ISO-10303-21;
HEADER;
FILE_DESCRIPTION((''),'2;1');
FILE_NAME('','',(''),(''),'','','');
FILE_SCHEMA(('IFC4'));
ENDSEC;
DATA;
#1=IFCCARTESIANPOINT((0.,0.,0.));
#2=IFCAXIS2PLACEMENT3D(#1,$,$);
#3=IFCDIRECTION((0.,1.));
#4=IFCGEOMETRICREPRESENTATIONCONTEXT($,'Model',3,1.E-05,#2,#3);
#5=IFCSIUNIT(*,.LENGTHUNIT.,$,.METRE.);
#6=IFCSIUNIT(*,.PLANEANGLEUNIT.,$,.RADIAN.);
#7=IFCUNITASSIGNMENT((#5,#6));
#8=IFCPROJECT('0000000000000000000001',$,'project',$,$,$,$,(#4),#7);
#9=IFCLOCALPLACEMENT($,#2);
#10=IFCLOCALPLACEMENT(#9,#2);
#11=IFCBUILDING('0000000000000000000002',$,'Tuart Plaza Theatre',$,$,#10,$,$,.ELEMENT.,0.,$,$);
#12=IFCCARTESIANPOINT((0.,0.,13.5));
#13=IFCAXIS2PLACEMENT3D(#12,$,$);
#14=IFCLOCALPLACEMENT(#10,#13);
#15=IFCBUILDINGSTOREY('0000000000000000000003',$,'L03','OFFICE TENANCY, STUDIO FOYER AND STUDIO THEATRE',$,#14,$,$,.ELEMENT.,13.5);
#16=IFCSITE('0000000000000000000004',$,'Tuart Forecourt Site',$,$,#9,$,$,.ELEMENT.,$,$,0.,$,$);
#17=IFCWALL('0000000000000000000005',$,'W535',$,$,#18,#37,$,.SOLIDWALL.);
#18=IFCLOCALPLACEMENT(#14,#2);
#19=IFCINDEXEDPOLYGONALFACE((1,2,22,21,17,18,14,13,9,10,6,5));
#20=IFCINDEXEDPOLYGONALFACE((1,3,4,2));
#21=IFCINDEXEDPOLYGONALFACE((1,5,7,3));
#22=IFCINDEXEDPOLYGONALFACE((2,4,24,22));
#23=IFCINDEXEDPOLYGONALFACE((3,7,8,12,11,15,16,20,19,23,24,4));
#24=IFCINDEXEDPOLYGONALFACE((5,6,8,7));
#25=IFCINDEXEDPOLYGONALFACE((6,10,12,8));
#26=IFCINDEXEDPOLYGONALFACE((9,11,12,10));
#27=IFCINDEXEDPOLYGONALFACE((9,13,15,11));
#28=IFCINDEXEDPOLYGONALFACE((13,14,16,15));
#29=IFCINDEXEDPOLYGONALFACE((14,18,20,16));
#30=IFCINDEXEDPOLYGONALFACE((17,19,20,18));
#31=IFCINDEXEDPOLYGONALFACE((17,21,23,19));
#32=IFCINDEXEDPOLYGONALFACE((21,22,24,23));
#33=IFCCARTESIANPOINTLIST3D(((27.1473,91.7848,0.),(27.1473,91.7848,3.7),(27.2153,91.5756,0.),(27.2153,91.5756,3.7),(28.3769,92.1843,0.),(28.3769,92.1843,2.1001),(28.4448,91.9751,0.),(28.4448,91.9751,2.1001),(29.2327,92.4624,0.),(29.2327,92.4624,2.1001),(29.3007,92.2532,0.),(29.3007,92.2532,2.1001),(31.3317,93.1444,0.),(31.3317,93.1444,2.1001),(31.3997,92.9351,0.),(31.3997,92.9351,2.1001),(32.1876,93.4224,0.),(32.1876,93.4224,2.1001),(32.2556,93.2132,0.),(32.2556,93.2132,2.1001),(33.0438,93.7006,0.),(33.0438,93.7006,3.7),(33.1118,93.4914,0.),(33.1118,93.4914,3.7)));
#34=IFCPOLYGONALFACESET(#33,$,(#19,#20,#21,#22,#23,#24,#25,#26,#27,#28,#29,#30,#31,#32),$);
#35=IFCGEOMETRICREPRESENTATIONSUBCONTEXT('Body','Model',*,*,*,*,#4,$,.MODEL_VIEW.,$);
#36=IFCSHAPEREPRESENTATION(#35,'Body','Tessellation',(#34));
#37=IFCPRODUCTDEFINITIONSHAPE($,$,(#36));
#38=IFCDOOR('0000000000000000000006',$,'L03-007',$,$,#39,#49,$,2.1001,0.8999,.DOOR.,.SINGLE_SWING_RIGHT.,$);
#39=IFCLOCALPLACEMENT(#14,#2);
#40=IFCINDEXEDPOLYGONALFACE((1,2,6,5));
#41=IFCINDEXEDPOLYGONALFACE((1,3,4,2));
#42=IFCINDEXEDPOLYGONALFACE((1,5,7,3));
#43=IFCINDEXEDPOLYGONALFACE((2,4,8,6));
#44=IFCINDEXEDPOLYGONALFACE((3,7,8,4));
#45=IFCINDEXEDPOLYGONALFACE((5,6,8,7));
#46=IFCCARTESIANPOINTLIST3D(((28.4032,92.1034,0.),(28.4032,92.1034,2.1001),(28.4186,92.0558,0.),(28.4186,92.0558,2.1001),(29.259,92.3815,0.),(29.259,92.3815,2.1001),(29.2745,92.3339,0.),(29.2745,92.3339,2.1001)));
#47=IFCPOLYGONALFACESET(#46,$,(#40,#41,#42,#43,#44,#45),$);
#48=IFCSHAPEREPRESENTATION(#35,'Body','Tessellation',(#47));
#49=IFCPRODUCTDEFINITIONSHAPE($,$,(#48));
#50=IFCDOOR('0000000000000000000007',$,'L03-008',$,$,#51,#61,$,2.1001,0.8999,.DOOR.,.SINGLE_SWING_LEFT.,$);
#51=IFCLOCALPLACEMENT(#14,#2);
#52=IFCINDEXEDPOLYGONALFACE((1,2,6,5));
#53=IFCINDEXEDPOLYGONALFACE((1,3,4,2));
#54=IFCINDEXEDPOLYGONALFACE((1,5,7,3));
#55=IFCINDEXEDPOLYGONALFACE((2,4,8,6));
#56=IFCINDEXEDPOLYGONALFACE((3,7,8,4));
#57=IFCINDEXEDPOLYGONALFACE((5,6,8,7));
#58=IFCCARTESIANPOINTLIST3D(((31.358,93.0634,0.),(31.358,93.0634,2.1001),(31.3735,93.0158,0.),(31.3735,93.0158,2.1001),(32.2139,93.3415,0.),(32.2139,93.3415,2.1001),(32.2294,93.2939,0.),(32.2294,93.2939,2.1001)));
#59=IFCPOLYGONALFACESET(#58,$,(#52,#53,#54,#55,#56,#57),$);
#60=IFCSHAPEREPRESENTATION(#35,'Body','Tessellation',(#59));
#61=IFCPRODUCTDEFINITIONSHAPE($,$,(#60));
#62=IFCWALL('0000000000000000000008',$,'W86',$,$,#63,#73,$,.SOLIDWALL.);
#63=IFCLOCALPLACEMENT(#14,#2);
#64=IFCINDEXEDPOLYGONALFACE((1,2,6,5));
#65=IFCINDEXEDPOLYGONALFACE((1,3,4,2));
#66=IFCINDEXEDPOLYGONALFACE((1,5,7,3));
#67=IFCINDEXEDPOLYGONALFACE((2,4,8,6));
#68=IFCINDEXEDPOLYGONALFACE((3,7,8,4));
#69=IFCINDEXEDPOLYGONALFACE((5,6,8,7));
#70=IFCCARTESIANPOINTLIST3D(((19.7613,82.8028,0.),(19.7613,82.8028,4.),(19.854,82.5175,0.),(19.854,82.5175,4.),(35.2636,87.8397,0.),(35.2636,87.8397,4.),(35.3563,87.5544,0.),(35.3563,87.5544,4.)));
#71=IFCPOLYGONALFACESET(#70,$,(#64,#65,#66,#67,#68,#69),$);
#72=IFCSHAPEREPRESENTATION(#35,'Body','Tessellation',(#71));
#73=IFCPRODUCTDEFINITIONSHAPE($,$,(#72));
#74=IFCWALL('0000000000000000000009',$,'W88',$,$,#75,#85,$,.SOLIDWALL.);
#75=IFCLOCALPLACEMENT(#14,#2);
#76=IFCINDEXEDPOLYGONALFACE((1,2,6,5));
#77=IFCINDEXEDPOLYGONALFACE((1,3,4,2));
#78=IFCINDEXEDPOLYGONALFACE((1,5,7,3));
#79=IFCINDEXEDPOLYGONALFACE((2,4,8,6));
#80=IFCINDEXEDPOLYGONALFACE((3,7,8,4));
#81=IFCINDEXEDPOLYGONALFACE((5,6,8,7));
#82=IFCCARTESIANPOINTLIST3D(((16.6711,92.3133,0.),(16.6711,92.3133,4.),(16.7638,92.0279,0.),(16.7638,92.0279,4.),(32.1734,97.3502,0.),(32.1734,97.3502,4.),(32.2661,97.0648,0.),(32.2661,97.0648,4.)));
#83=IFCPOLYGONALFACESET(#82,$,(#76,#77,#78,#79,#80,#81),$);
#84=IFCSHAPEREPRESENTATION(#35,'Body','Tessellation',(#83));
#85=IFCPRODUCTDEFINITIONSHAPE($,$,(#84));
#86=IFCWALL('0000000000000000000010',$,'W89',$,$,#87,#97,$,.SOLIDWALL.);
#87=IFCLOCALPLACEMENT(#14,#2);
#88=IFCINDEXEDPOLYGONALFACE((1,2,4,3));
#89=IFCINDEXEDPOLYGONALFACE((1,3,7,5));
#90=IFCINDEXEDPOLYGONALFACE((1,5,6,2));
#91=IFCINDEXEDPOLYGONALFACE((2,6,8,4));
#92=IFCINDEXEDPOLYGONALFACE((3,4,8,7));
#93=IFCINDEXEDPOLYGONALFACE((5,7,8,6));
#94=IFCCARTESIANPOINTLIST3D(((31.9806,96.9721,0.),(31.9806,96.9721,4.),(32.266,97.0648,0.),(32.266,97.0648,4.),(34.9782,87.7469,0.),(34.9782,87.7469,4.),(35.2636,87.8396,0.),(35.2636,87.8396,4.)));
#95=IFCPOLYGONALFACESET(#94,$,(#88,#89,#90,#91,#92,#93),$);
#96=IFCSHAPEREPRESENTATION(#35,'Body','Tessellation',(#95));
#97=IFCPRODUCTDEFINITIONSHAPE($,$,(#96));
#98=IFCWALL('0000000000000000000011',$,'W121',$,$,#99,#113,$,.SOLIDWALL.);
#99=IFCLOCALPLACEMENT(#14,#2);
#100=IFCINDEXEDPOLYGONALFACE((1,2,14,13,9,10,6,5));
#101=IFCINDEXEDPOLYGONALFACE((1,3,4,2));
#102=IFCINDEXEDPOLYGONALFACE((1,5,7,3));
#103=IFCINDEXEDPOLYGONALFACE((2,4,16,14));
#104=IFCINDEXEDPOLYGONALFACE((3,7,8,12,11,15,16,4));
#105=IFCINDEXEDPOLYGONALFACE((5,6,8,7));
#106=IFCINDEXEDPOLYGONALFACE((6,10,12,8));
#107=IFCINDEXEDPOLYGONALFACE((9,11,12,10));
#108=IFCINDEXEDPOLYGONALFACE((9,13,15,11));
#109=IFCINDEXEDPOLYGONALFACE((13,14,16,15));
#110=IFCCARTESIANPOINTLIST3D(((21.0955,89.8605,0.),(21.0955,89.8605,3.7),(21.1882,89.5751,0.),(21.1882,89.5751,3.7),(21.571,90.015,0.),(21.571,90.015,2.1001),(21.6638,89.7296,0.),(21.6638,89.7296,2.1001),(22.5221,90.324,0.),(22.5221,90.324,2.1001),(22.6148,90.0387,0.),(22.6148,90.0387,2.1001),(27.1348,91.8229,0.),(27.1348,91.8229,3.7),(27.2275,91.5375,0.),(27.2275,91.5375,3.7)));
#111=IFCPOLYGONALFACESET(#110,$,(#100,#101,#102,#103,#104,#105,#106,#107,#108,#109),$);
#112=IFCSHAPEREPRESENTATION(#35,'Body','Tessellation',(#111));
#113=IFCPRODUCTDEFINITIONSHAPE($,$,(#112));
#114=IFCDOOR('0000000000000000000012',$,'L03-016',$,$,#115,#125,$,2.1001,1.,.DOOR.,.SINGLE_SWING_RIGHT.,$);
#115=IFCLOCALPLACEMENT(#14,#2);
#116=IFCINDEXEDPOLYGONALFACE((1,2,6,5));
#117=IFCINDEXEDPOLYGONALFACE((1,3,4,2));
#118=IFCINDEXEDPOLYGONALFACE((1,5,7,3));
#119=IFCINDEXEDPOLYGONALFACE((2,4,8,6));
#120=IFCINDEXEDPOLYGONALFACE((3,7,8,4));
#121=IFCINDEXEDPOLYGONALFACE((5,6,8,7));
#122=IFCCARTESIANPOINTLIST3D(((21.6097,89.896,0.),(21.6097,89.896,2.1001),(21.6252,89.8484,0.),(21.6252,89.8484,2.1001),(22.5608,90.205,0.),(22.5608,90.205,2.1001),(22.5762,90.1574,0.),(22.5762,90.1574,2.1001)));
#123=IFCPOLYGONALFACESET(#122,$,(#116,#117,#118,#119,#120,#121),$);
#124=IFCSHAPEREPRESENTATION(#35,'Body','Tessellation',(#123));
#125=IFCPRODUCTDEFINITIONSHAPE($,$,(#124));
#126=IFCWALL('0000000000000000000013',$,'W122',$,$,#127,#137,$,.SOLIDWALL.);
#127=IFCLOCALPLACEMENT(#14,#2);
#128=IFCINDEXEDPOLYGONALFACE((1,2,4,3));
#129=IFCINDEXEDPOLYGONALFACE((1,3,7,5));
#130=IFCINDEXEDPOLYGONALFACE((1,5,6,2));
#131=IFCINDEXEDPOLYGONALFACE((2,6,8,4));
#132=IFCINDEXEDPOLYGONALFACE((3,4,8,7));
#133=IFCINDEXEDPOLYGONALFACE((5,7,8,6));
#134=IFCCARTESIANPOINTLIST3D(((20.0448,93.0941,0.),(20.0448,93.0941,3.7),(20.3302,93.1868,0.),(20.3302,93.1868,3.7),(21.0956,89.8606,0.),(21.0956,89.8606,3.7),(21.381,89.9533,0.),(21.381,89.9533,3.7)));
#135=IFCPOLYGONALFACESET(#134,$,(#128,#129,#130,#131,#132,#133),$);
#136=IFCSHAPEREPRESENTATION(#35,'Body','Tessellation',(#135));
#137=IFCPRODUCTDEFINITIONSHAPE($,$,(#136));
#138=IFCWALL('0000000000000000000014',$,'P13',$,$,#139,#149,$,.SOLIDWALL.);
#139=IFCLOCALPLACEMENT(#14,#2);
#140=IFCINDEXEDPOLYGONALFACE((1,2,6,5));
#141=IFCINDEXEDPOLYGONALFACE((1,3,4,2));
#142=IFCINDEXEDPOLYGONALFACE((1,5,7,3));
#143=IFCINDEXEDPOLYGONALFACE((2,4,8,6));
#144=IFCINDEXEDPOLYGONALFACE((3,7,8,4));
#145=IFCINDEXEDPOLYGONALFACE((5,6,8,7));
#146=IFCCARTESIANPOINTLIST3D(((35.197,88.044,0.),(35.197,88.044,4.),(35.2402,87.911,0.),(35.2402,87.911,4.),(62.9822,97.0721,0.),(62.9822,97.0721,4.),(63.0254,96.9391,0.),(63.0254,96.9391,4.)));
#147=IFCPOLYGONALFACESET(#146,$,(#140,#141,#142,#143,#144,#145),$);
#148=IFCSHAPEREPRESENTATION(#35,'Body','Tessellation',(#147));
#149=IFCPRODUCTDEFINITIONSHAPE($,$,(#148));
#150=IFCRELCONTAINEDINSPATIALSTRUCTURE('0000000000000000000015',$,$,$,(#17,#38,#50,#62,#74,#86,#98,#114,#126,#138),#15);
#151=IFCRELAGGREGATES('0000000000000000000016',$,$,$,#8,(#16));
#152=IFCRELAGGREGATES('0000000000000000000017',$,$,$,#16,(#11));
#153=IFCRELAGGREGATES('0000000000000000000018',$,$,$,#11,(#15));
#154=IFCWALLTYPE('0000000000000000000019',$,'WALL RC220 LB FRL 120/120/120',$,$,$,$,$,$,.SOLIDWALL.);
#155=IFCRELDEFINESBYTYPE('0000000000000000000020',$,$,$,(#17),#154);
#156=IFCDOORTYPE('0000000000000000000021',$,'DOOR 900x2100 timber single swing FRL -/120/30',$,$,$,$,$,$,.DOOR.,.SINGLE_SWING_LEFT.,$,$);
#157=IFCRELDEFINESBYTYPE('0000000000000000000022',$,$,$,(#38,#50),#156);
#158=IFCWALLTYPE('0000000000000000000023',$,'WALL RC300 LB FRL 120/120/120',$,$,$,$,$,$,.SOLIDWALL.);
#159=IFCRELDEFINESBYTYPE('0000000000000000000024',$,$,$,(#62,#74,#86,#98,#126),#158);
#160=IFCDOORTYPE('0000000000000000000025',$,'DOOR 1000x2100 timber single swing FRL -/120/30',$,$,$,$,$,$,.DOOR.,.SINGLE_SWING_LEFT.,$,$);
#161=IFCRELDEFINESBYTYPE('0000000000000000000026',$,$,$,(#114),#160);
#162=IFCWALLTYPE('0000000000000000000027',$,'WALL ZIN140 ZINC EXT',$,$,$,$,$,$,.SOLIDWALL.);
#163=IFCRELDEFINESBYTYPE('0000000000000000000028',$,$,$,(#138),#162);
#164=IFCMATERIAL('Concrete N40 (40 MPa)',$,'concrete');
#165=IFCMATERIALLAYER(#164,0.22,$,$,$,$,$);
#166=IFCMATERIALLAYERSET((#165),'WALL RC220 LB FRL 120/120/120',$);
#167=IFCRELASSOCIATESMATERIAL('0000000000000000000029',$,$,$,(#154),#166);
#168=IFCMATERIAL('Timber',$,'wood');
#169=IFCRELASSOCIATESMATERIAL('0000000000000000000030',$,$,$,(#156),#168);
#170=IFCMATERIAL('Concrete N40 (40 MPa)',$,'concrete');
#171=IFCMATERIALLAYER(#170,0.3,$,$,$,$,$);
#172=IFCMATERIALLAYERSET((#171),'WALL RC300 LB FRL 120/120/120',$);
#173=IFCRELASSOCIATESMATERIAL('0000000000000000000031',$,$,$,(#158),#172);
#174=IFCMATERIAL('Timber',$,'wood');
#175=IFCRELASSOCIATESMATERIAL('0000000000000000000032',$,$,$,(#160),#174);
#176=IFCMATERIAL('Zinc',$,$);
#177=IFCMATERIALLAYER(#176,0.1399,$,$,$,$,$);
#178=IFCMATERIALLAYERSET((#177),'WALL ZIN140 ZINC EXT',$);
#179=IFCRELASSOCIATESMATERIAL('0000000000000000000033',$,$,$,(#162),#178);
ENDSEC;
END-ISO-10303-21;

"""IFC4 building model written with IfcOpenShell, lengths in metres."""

from ifc_helpers import new_model, si_unit, direction, frame, frame_2d, origin, place, context, subcontext, project, spatial, rectangle, extrude, material, layer, layer_set, type_object, element, fill, save


model = new_model("IFC4")

# Units and contexts
model_context = context("Model", 3, precision=1e-05, world=origin(), true_north=direction((0.0, 1.0)))
body_context = subcontext(model_context, "Body", "Model", "MODEL_VIEW")
ifc_project = project(units=[si_unit("LENGTHUNIT", "METRE"), si_unit("PLANEANGLEUNIT", "RADIAN")], contexts=[model_context])

# Site, building, storey
site_placement = place(None, origin())
site = spatial("IfcSite", under=ifc_project, at=site_placement, Name="Tuart Forecourt Site", CompositionType="ELEMENT", RefElevation=0.0)
building_placement = place(site_placement, origin())
building = spatial("IfcBuilding", under=site, at=building_placement, Name="Tuart Plaza Theatre", CompositionType="ELEMENT", ElevationOfRefHeight=0.0)
storey_placement = place(building_placement, frame((0.0, 0.0, 13.5)))
storey = spatial("IfcBuildingStorey", under=building, at=storey_placement, Name="L03", Description="OFFICE TENANCY, STUDIO FOYER AND STUDIO THEATRE", CompositionType="ELEMENT", Elevation=13.5)

# Shared definitions
ifc_material_1 = material(Name="Concrete N40 (40 MPa)", Category="concrete")
ifc_layer_1 = layer(ifc_material_1, 0.22)
ifc_layer_set_1 = layer_set([ifc_layer_1], Name="WALL RC220 LB FRL 120/120/120")
wall_type_1 = type_object("IfcWallType", Name="WALL RC220 LB FRL 120/120/120", PredefinedType="SOLIDWALL", material=ifc_layer_set_1)
ifc_material_2 = material(Name="Timber", Category="wood")
door_type_1 = type_object("IfcDoorType", Name="DOOR 900x2100 timber single swing FRL -/120/30", OperationType="SINGLE_SWING_LEFT", PredefinedType="DOOR", material=ifc_material_2)

# Wall, openings, doors
wall_1_placement = place(storey_placement, frame((27.1812, 91.6802, 0.0), z_axis=(0.0, 0.0, 1.0), x_axis=(0.951062, 0.309001, 0.0)))
wall_1 = element("IfcWall", 1, at=wall_1_placement, inside=storey, type_object=wall_type_1, Name="W535", PredefinedType="SOLIDWALL", context=body_context, shape_type="SweptSolid", body=[
    extrude(rectangle(XDim=6.2, YDim=0.22, at=frame_2d((3.1001, 0.0))), origin(), (0.0, 0.0, 1.0), 3.7),
])
opening_1_placement = place(wall_1_placement, frame((1.293, 0.0, 0.0)))
opening_1 = element("IfcOpeningElement", 2, at=opening_1_placement, cuts=wall_1, PredefinedType="OPENING", context=body_context, shape_type="SweptSolid", body=[
    extrude(rectangle(XDim=0.8999, YDim=2.1001, at=frame_2d((0.45, 1.05))), frame((0.0, 0.1199, 0.0), z_axis=(0.0, -1.0, 0.0), x_axis=(1.0, 0.0, 0.0)), (0.0, 0.0, 1.0), 0.24),
])
opening_2_placement = place(wall_1_placement, frame((4.3999, 0.0, 0.0)))
opening_2 = element("IfcOpeningElement", 3, at=opening_2_placement, cuts=wall_1, PredefinedType="OPENING", context=body_context, shape_type="SweptSolid", body=[
    extrude(rectangle(XDim=0.8999, YDim=2.1001, at=frame_2d((0.45, 1.05))), frame((0.0, 0.1199, 0.0), z_axis=(0.0, -1.0, 0.0), x_axis=(1.0, 0.0, 0.0)), (0.0, 0.0, 1.0), 0.24),
])
door_1_placement = place(opening_1_placement, origin())
door_1 = element("IfcDoor", 4, at=door_1_placement, inside=storey, type_object=door_type_1, Name="L03-007", OperationType="SINGLE_SWING_RIGHT", OverallHeight=2.1001, OverallWidth=0.8999, PredefinedType="DOOR", context=body_context, shape_type="SweptSolid", body=[
    extrude(rectangle(XDim=0.8999, YDim=2.1001, at=frame_2d((0.45, 1.05))), frame((0.0, 0.0249, 0.0), z_axis=(0.0, -1.0, 0.0), x_axis=(1.0, 0.0, 0.0)), (0.0, 0.0, 1.0), 0.05),
])
fill(opening_1, door_1)
door_2_placement = place(opening_2_placement, origin())
door_2 = element("IfcDoor", 5, at=door_2_placement, inside=storey, type_object=door_type_1, Name="L03-008", OperationType="SINGLE_SWING_LEFT", OverallHeight=2.1001, OverallWidth=0.8999, PredefinedType="DOOR", context=body_context, shape_type="SweptSolid", body=[
    extrude(rectangle(XDim=0.8999, YDim=2.1001, at=frame_2d((0.45, 1.05))), frame((0.0, 0.0249, 0.0), z_axis=(0.0, -1.0, 0.0), x_axis=(1.0, 0.0, 0.0)), (0.0, 0.0, 1.0), 0.05),
])
fill(opening_2, door_2)

# Walls
ifc_material_3 = material(Name="Concrete N40 (40 MPa)", Category="concrete")
ifc_layer_2 = layer(ifc_material_3, 0.3)
ifc_layer_set_2 = layer_set([ifc_layer_2], Name="WALL RC300 LB FRL 120/120/120")
wall_type_2 = type_object("IfcWallType", Name="WALL RC300 LB FRL 120/120/120", PredefinedType="SOLIDWALL", material=ifc_layer_set_2)
for number, where, z_axis, x_axis, name in (
    (6, (35.3098, 87.697, 0.0), (0.0, 0.0, 1.0), (-0.951058, -0.309011, 0.0), "W86"),
    (7, (16.7175, 92.1707, 0.0), (0.0, 0.0, 1.0), (0.951058, 0.309011, 0.0), "W88"),
):
    element("IfcWall", number, at=place(storey_placement, frame(where, z_axis=z_axis, x_axis=x_axis)), inside=storey, type_object=wall_type_2, Name=name, PredefinedType="SOLIDWALL", context=body_context, shape_type="SweptSolid", body=[
        extrude(rectangle(XDim=16.3, YDim=0.3, at=frame_2d((8.1499, 0.0))), origin(), (0.0, 0.0, 1.0), 4.0),
    ])
wall_2_placement = place(storey_placement, frame((32.1233, 97.0186, 0.0), z_axis=(0.0, 0.0, 1.0), x_axis=(0.30903, -0.951052, 0.0)))
element("IfcWall", 8, at=wall_2_placement, inside=storey, type_object=wall_type_2, Name="W89", PredefinedType="SOLIDWALL", context=body_context, shape_type="SweptSolid", body=[
    extrude(rectangle(XDim=9.7, YDim=0.3, at=frame_2d((4.8501, 0.0))), origin(), (0.0, 0.0, 1.0), 4.0),
])

# Wall, opening, door
wall_3_placement = place(storey_placement, frame((27.1812, 91.6802, 0.0), z_axis=(0.0, 0.0, 1.0), x_axis=(-0.951051, -0.309033, 0.0)))
wall_3 = element("IfcWall", 9, at=wall_3_placement, inside=storey, type_object=wall_type_2, Name="W121", PredefinedType="SOLIDWALL", context=body_context, shape_type="SweptSolid", body=[
    extrude(rectangle(XDim=6.3501, YDim=0.3, at=frame_2d((3.175, 0.0))), origin(), (0.0, 0.0, 1.0), 3.7),
])
opening_3_placement = place(wall_3_placement, frame((4.8501, 0.0, 0.0)))
opening_3 = element("IfcOpeningElement", 10, at=opening_3_placement, cuts=wall_3, PredefinedType="OPENING", context=body_context, shape_type="SweptSolid", body=[
    extrude(rectangle(XDim=1.0, YDim=2.1001, at=frame_2d((0.5, 1.05))), frame((0.0, 0.1599, 0.0), z_axis=(0.0, -1.0, 0.0), x_axis=(1.0, 0.0, 0.0)), (0.0, 0.0, 1.0), 0.3201),
])
ifc_material_4 = material(Name="Timber", Category="wood")
door_type_2 = type_object("IfcDoorType", Name="DOOR 1000x2100 timber single swing FRL -/120/30", OperationType="SINGLE_SWING_LEFT", PredefinedType="DOOR", material=ifc_material_4)
door_3_placement = place(opening_3_placement, frame((1.0, 0.0, 0.0), z_axis=(0.0, 0.0, 1.0), x_axis=(-1.0, 0.0, 0.0)))
door_3 = element("IfcDoor", 11, at=door_3_placement, inside=storey, type_object=door_type_2, Name="L03-016", OperationType="SINGLE_SWING_RIGHT", OverallHeight=2.1001, OverallWidth=1.0, PredefinedType="DOOR", context=body_context, shape_type="SweptSolid", body=[
    extrude(rectangle(XDim=1.0, YDim=2.1001, at=frame_2d((0.5, 1.05))), frame((0.0, 0.0249, 0.0), z_axis=(0.0, -1.0, 0.0), x_axis=(1.0, 0.0, 0.0)), (0.0, 0.0, 1.0), 0.05),
])
fill(opening_3, door_3)

# Walls
wall_4_placement = place(storey_placement, frame((21.2383, 89.907, 0.0), z_axis=(0.0, 0.0, 1.0), x_axis=(-0.309067, 0.95104, 0.0)))
element("IfcWall", 12, at=wall_4_placement, inside=storey, type_object=wall_type_2, Name="W122", PredefinedType="SOLIDWALL", context=body_context, shape_type="SweptSolid", body=[
    extrude(rectangle(XDim=3.3999, YDim=0.3, at=frame_2d((1.7, 0.0))), origin(), (0.0, 0.0, 1.0), 3.7),
])
ifc_material_5 = material(Name="Zinc")
ifc_layer_3 = layer(ifc_material_5, 0.1399)
ifc_layer_set_3 = layer_set([ifc_layer_3], Name="WALL ZIN140 ZINC EXT")
wall_type_3 = type_object("IfcWallType", Name="WALL ZIN140 ZINC EXT", PredefinedType="SOLIDWALL", material=ifc_layer_set_3)
wall_5_placement = place(storey_placement, frame((35.2188, 87.9775, 0.0), z_axis=(0.0, 0.0, 1.0), x_axis=(0.951055, 0.309021, 0.0)))
element("IfcWall", 13, at=wall_5_placement, inside=storey, type_object=wall_type_3, Name="P13", PredefinedType="SOLIDWALL", context=body_context, shape_type="SweptSolid", body=[
    extrude(rectangle(XDim=29.2151, YDim=0.1399, at=frame_2d((14.6074, 0.0))), origin(), (0.0, 0.0, 1.0), 4.0),
])

save(model, "model.ifc")
